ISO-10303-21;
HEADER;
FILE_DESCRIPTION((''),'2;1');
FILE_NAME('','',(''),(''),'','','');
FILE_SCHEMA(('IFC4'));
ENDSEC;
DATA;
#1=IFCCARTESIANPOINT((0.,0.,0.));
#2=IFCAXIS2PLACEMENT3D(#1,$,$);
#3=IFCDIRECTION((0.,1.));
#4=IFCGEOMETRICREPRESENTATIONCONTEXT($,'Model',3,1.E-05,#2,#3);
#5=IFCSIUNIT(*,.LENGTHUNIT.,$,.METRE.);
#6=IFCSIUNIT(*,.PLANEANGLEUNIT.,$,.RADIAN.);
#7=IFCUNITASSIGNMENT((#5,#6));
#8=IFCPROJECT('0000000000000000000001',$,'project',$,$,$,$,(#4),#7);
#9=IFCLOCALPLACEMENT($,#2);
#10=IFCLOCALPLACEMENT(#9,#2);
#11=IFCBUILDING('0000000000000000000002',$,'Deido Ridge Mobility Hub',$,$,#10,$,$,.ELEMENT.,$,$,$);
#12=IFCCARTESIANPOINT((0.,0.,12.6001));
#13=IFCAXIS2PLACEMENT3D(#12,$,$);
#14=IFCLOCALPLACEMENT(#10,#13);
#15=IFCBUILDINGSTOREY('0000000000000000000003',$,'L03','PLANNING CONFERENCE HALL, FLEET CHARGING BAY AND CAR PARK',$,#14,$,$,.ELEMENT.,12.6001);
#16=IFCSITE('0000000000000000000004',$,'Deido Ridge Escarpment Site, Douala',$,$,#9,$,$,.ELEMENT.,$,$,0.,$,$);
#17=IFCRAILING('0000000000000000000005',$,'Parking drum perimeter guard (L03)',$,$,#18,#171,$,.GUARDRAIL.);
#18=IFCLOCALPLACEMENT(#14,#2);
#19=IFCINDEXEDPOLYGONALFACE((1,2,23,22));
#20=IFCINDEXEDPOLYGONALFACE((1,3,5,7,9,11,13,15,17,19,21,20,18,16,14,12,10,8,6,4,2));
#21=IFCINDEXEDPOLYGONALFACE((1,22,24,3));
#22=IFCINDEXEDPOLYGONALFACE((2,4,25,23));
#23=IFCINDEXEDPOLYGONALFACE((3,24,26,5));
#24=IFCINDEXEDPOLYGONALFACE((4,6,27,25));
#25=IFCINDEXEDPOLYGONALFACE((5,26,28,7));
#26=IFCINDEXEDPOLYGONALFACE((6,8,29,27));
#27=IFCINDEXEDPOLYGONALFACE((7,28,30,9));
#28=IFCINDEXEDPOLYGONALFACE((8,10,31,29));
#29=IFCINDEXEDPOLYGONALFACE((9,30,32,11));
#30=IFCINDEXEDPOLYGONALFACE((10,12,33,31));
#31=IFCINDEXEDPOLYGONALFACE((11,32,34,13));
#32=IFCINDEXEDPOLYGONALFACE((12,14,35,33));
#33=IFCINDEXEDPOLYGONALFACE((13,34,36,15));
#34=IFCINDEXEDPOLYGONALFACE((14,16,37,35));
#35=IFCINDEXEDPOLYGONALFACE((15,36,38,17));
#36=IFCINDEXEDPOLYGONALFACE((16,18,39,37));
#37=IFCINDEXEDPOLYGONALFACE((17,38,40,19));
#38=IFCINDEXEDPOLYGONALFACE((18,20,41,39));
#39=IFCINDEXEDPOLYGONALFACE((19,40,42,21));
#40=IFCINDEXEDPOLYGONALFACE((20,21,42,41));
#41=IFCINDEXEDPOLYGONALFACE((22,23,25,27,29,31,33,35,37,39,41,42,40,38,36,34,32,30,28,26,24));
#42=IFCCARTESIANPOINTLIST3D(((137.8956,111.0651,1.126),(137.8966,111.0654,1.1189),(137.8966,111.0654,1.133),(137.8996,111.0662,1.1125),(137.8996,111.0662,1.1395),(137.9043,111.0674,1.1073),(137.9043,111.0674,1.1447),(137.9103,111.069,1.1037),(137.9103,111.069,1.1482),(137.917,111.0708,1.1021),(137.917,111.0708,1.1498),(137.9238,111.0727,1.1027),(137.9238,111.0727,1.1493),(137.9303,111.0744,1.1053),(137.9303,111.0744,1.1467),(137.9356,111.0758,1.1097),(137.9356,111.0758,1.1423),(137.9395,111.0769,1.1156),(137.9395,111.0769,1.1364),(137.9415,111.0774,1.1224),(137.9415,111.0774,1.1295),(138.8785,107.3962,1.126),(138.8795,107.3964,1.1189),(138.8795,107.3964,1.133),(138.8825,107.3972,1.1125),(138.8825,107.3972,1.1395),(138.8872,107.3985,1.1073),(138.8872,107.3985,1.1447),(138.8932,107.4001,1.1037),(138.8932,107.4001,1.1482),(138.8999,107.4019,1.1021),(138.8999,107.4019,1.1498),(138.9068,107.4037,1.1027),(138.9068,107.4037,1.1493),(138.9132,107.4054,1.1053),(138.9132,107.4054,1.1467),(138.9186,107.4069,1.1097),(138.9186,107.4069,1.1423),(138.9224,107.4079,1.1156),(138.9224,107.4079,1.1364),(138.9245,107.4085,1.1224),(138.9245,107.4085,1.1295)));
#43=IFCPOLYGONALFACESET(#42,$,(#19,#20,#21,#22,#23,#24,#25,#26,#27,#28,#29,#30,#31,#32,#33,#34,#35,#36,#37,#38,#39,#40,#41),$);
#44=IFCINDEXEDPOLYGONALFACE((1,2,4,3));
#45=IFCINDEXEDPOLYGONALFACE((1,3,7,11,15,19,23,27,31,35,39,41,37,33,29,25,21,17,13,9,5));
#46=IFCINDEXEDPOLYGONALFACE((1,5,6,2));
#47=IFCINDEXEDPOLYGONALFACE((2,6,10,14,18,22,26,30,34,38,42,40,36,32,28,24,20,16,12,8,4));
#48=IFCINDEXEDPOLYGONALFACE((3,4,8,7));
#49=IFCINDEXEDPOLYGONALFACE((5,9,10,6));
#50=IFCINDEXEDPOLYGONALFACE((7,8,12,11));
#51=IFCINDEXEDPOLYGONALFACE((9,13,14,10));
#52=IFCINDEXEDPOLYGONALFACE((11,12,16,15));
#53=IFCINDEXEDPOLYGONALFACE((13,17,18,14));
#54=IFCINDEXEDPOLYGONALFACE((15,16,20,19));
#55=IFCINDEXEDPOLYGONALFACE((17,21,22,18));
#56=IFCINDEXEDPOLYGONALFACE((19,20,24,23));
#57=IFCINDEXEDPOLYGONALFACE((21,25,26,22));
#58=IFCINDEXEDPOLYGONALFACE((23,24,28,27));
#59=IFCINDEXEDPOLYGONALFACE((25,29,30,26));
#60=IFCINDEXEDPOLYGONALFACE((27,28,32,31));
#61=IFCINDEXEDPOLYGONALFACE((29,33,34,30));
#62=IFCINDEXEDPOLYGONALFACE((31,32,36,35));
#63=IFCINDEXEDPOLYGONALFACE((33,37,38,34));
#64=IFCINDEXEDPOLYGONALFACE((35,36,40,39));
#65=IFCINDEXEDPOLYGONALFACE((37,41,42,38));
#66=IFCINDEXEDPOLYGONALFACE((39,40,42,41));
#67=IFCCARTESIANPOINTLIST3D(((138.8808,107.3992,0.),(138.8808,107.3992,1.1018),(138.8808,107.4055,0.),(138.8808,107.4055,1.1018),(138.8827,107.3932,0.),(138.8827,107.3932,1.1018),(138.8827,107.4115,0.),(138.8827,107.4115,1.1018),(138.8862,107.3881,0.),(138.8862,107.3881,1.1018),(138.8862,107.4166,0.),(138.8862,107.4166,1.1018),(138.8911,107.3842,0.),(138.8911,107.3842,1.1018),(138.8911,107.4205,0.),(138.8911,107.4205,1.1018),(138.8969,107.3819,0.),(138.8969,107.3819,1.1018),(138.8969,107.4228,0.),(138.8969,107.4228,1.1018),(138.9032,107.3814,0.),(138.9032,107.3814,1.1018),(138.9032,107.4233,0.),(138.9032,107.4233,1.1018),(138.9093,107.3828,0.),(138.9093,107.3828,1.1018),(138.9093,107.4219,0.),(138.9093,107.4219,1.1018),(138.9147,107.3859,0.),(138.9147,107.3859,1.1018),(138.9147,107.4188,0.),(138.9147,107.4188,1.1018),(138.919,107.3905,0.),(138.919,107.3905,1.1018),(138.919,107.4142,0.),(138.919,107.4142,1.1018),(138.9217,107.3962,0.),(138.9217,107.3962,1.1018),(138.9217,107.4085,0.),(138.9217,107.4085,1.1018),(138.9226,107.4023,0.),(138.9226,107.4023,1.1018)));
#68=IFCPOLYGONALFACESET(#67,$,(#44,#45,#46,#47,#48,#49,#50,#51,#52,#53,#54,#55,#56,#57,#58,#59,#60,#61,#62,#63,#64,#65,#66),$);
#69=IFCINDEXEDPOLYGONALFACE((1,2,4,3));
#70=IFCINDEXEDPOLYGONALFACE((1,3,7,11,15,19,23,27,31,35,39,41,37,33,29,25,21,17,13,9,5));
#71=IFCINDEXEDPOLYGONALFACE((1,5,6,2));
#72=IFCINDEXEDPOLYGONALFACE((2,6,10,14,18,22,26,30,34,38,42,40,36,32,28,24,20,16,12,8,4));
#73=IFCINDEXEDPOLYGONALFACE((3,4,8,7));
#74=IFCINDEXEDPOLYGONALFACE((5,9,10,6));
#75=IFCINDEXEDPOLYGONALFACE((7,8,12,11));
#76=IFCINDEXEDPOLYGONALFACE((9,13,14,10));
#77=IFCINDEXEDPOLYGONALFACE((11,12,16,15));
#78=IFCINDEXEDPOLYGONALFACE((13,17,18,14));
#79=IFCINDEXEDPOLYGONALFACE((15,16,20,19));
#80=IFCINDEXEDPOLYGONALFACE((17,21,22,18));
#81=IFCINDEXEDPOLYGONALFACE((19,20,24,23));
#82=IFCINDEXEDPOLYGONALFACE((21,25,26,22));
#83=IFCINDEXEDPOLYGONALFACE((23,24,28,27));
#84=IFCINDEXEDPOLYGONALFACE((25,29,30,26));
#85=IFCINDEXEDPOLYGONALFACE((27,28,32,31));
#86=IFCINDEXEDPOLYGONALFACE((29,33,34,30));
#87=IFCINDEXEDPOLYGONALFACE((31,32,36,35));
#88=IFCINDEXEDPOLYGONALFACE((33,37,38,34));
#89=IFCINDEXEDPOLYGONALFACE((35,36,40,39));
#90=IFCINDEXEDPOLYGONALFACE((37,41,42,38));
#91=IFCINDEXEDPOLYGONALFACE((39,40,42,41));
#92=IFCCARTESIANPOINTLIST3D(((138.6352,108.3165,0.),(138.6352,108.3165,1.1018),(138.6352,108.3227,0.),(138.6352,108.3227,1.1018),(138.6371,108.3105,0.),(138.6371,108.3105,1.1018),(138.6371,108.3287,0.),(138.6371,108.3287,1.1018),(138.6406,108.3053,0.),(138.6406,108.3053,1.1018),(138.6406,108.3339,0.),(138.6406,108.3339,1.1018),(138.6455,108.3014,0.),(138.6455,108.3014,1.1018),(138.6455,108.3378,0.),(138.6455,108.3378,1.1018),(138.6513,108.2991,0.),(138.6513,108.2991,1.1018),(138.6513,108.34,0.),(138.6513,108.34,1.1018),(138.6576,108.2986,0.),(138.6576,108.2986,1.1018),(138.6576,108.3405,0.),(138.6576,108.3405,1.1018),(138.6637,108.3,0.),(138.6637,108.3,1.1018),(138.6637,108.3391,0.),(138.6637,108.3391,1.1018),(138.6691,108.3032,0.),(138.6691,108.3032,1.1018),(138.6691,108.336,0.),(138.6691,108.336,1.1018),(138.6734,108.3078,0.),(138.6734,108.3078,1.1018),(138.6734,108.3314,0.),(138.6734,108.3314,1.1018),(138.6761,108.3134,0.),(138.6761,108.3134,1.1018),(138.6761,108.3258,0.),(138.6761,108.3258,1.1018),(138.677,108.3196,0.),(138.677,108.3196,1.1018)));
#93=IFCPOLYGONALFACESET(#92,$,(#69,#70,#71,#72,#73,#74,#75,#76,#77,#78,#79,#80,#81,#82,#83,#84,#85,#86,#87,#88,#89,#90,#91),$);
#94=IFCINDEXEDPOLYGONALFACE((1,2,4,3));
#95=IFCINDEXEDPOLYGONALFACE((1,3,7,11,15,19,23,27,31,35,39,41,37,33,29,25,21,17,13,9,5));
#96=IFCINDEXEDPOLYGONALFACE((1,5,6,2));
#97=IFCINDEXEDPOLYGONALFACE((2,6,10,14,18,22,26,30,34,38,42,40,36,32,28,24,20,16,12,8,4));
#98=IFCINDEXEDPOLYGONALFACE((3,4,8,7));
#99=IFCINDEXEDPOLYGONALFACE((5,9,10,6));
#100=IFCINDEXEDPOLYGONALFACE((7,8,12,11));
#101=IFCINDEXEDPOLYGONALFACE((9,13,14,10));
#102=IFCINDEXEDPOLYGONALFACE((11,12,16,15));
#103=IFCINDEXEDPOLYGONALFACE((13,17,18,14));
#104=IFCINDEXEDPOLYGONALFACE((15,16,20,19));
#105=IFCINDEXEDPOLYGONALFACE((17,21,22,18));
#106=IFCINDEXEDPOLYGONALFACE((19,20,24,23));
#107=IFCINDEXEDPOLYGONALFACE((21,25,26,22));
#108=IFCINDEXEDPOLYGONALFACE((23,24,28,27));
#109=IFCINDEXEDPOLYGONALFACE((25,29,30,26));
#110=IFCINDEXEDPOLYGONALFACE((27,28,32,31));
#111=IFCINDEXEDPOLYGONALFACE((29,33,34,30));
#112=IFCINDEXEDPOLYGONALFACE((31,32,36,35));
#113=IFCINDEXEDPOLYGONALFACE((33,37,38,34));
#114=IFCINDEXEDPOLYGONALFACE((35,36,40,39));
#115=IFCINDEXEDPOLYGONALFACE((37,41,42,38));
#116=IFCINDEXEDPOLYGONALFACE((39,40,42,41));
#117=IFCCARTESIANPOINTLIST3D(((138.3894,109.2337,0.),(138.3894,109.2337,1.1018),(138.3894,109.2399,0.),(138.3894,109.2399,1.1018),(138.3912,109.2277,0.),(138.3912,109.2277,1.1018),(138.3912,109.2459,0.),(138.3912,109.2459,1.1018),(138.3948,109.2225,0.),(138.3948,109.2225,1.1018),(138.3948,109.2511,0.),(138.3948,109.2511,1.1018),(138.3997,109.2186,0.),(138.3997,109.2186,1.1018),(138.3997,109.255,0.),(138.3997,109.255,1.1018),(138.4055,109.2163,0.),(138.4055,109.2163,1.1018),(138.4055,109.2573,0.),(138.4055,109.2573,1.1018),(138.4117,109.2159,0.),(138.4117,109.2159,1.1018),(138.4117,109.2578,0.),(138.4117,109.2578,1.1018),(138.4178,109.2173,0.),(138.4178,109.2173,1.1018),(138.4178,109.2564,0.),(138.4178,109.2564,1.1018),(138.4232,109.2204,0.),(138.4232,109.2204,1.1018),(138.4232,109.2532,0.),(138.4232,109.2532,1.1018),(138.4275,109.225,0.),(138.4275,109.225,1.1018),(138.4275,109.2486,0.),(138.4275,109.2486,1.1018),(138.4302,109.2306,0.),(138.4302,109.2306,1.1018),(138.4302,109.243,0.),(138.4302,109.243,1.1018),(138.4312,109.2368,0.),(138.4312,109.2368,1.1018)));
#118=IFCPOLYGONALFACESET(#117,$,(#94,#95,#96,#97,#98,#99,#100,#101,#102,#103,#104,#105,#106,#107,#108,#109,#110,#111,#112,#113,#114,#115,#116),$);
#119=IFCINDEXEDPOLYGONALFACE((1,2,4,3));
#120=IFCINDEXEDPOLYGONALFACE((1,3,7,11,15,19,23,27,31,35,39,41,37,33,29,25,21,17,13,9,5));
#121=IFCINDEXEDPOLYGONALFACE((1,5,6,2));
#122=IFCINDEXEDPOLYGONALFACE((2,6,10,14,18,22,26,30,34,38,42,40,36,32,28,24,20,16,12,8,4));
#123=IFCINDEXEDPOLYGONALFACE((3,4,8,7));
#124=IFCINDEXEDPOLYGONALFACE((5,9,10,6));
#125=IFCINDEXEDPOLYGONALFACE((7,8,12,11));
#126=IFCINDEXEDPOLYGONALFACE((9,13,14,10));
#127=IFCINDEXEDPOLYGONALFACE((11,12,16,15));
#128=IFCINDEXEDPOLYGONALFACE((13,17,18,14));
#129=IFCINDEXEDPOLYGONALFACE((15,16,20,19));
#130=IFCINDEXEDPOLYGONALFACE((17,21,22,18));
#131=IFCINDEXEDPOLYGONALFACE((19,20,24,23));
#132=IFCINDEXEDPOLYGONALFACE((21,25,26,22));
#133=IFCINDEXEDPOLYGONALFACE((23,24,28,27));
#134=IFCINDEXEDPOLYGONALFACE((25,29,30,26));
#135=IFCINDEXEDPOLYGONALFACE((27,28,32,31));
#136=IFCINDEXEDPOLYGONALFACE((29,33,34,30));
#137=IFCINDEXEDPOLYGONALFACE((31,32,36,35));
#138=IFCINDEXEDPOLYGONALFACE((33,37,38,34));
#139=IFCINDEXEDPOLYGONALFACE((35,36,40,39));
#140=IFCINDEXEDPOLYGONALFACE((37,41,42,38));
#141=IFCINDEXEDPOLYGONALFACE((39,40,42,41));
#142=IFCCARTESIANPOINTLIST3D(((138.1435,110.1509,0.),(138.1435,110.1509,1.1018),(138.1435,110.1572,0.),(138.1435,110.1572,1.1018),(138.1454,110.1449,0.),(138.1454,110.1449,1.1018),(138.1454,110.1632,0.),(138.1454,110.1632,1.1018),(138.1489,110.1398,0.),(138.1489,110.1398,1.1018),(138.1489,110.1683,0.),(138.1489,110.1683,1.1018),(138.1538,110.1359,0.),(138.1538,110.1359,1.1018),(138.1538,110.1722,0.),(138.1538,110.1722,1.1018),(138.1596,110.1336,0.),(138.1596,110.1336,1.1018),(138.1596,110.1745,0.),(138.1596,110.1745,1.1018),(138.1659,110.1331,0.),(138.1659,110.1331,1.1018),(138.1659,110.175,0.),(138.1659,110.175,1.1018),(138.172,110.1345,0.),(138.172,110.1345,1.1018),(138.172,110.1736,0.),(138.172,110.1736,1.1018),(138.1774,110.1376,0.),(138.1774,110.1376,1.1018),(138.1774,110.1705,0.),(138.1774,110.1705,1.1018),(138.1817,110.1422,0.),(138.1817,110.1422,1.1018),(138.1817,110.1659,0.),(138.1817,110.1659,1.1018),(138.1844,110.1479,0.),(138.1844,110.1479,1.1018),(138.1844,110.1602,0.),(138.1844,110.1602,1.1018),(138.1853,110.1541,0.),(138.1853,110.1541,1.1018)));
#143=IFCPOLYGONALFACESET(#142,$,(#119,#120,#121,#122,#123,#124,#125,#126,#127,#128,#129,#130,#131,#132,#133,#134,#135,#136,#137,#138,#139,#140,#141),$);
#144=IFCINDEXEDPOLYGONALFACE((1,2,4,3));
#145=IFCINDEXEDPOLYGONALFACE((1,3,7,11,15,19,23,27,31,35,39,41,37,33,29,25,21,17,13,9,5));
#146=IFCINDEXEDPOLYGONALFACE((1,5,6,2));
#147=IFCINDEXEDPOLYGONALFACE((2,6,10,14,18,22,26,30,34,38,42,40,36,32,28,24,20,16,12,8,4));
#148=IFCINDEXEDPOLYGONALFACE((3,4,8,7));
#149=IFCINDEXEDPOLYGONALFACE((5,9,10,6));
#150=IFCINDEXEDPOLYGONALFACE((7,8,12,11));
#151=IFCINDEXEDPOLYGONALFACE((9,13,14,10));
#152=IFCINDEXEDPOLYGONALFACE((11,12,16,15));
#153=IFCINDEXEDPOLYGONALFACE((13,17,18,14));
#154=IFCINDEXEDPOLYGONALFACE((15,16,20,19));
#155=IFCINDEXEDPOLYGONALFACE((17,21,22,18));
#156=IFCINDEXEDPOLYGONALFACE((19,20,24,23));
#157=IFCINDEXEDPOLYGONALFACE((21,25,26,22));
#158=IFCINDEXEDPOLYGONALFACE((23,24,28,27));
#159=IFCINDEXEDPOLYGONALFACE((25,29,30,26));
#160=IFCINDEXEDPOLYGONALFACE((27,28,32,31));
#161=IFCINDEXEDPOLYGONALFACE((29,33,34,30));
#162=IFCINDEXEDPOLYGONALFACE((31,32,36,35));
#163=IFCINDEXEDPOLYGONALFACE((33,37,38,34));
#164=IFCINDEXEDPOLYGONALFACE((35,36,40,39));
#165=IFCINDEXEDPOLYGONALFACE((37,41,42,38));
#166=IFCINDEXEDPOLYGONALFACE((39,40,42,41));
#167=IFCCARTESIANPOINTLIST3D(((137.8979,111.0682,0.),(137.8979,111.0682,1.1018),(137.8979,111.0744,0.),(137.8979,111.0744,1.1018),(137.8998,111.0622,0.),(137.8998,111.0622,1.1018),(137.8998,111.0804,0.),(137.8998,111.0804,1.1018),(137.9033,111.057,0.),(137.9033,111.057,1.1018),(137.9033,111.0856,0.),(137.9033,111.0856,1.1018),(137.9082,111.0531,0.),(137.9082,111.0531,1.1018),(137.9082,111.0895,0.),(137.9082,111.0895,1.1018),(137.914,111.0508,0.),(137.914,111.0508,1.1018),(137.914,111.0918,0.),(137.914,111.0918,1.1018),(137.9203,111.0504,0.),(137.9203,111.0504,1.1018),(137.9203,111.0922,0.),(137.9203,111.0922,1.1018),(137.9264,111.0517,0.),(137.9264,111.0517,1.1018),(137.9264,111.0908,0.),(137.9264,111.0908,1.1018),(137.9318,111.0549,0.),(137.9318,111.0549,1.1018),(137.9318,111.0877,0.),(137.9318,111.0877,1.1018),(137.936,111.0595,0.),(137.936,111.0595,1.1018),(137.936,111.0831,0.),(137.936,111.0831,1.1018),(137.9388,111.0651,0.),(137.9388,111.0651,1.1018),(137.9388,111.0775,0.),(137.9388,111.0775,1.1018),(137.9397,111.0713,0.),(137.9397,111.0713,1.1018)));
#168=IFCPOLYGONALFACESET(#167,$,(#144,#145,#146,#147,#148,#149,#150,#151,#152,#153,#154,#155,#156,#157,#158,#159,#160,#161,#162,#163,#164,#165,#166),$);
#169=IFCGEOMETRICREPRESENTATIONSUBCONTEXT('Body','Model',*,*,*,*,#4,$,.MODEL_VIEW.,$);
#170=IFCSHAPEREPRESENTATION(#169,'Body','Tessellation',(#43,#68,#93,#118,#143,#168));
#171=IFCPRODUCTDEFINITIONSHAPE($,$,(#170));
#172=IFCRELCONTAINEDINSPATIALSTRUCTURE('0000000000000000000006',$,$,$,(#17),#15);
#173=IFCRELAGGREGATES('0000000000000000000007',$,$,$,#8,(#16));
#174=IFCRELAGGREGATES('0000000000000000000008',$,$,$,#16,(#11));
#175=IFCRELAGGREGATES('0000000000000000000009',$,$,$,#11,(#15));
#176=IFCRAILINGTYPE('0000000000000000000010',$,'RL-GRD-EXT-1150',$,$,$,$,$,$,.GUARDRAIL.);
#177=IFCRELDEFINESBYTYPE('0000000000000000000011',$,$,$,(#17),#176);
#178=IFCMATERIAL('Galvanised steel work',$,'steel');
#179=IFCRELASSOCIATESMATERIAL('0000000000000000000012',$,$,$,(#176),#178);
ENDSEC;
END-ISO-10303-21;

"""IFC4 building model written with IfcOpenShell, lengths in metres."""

from ifc_helpers import new_model, si_unit, direction, frame, origin, origin_2d, place, context, subcontext, project, spatial, circle, extrude, material, type_object, element, save


model = new_model("IFC4")

# Units and contexts
model_context = context("Model", 3, precision=1e-05, world=origin(), true_north=direction((0.0, 1.0)))
body_context = subcontext(model_context, "Body", "Model", "MODEL_VIEW")
ifc_project = project(units=[si_unit("LENGTHUNIT", "METRE"), si_unit("PLANEANGLEUNIT", "RADIAN")], contexts=[model_context])

# Site, building, storey
site_placement = place(None, origin())
site = spatial("IfcSite", under=ifc_project, at=site_placement, Name="Deido Ridge Escarpment Site, Douala", CompositionType="ELEMENT", RefElevation=0.0)
building_placement = place(site_placement, origin())
building = spatial("IfcBuilding", under=site, at=building_placement, Name="Deido Ridge Mobility Hub", CompositionType="ELEMENT")
storey_placement = place(building_placement, frame((0.0, 0.0, 12.6001)))
storey = spatial("IfcBuildingStorey", under=building, at=storey_placement, Name="L03", Description="PLANNING CONFERENCE HALL, FLEET CHARGING BAY AND CAR PARK", CompositionType="ELEMENT", Elevation=12.6001)

# Railing
ifc_material_1 = material(Name="Galvanised steel work", Category="steel")
railing_type = type_object("IfcRailingType", Name="RL-GRD-EXT-1150", PredefinedType="GUARDRAIL", material=ifc_material_1)
railing_1_placement = place(storey_placement, frame((138.9016, 107.4023, 0.0)))
element("IfcRailing", 1, at=railing_1_placement, inside=storey, type_object=railing_type, Name="Parking drum perimeter guard (L03)", PredefinedType="GUARDRAIL", context=body_context, shape_type="SweptSolid", body=[
    extrude(circle(Radius=0.0239, at=origin_2d()), frame((0.0, 0.0, 1.126), z_axis=(-0.258775, 0.965938, 0.0), x_axis=(-0.965938, -0.258775, 0.0)), (0.0, 0.0, 1.0), 3.7983),
    extrude(circle(Radius=0.021, at=origin_2d()), origin(), (0.0, 0.0, 1.0), 1.1018),
    extrude(circle(Radius=0.021, at=origin_2d()), frame((-0.2456, 0.9172, 0.0)), (0.0, 0.0, 1.0), 1.1018),
    extrude(circle(Radius=0.021, at=origin_2d()), frame((-0.4915, 1.8345, 0.0)), (0.0, 0.0, 1.0), 1.1018),
    extrude(circle(Radius=0.021, at=origin_2d()), frame((-0.7373, 2.7517, 0.0)), (0.0, 0.0, 1.0), 1.1018),
    extrude(circle(Radius=0.021, at=origin_2d()), frame((-0.9829, 3.6689, 0.0)), (0.0, 0.0, 1.0), 1.1018),
])

save(model, "model.ifc")
